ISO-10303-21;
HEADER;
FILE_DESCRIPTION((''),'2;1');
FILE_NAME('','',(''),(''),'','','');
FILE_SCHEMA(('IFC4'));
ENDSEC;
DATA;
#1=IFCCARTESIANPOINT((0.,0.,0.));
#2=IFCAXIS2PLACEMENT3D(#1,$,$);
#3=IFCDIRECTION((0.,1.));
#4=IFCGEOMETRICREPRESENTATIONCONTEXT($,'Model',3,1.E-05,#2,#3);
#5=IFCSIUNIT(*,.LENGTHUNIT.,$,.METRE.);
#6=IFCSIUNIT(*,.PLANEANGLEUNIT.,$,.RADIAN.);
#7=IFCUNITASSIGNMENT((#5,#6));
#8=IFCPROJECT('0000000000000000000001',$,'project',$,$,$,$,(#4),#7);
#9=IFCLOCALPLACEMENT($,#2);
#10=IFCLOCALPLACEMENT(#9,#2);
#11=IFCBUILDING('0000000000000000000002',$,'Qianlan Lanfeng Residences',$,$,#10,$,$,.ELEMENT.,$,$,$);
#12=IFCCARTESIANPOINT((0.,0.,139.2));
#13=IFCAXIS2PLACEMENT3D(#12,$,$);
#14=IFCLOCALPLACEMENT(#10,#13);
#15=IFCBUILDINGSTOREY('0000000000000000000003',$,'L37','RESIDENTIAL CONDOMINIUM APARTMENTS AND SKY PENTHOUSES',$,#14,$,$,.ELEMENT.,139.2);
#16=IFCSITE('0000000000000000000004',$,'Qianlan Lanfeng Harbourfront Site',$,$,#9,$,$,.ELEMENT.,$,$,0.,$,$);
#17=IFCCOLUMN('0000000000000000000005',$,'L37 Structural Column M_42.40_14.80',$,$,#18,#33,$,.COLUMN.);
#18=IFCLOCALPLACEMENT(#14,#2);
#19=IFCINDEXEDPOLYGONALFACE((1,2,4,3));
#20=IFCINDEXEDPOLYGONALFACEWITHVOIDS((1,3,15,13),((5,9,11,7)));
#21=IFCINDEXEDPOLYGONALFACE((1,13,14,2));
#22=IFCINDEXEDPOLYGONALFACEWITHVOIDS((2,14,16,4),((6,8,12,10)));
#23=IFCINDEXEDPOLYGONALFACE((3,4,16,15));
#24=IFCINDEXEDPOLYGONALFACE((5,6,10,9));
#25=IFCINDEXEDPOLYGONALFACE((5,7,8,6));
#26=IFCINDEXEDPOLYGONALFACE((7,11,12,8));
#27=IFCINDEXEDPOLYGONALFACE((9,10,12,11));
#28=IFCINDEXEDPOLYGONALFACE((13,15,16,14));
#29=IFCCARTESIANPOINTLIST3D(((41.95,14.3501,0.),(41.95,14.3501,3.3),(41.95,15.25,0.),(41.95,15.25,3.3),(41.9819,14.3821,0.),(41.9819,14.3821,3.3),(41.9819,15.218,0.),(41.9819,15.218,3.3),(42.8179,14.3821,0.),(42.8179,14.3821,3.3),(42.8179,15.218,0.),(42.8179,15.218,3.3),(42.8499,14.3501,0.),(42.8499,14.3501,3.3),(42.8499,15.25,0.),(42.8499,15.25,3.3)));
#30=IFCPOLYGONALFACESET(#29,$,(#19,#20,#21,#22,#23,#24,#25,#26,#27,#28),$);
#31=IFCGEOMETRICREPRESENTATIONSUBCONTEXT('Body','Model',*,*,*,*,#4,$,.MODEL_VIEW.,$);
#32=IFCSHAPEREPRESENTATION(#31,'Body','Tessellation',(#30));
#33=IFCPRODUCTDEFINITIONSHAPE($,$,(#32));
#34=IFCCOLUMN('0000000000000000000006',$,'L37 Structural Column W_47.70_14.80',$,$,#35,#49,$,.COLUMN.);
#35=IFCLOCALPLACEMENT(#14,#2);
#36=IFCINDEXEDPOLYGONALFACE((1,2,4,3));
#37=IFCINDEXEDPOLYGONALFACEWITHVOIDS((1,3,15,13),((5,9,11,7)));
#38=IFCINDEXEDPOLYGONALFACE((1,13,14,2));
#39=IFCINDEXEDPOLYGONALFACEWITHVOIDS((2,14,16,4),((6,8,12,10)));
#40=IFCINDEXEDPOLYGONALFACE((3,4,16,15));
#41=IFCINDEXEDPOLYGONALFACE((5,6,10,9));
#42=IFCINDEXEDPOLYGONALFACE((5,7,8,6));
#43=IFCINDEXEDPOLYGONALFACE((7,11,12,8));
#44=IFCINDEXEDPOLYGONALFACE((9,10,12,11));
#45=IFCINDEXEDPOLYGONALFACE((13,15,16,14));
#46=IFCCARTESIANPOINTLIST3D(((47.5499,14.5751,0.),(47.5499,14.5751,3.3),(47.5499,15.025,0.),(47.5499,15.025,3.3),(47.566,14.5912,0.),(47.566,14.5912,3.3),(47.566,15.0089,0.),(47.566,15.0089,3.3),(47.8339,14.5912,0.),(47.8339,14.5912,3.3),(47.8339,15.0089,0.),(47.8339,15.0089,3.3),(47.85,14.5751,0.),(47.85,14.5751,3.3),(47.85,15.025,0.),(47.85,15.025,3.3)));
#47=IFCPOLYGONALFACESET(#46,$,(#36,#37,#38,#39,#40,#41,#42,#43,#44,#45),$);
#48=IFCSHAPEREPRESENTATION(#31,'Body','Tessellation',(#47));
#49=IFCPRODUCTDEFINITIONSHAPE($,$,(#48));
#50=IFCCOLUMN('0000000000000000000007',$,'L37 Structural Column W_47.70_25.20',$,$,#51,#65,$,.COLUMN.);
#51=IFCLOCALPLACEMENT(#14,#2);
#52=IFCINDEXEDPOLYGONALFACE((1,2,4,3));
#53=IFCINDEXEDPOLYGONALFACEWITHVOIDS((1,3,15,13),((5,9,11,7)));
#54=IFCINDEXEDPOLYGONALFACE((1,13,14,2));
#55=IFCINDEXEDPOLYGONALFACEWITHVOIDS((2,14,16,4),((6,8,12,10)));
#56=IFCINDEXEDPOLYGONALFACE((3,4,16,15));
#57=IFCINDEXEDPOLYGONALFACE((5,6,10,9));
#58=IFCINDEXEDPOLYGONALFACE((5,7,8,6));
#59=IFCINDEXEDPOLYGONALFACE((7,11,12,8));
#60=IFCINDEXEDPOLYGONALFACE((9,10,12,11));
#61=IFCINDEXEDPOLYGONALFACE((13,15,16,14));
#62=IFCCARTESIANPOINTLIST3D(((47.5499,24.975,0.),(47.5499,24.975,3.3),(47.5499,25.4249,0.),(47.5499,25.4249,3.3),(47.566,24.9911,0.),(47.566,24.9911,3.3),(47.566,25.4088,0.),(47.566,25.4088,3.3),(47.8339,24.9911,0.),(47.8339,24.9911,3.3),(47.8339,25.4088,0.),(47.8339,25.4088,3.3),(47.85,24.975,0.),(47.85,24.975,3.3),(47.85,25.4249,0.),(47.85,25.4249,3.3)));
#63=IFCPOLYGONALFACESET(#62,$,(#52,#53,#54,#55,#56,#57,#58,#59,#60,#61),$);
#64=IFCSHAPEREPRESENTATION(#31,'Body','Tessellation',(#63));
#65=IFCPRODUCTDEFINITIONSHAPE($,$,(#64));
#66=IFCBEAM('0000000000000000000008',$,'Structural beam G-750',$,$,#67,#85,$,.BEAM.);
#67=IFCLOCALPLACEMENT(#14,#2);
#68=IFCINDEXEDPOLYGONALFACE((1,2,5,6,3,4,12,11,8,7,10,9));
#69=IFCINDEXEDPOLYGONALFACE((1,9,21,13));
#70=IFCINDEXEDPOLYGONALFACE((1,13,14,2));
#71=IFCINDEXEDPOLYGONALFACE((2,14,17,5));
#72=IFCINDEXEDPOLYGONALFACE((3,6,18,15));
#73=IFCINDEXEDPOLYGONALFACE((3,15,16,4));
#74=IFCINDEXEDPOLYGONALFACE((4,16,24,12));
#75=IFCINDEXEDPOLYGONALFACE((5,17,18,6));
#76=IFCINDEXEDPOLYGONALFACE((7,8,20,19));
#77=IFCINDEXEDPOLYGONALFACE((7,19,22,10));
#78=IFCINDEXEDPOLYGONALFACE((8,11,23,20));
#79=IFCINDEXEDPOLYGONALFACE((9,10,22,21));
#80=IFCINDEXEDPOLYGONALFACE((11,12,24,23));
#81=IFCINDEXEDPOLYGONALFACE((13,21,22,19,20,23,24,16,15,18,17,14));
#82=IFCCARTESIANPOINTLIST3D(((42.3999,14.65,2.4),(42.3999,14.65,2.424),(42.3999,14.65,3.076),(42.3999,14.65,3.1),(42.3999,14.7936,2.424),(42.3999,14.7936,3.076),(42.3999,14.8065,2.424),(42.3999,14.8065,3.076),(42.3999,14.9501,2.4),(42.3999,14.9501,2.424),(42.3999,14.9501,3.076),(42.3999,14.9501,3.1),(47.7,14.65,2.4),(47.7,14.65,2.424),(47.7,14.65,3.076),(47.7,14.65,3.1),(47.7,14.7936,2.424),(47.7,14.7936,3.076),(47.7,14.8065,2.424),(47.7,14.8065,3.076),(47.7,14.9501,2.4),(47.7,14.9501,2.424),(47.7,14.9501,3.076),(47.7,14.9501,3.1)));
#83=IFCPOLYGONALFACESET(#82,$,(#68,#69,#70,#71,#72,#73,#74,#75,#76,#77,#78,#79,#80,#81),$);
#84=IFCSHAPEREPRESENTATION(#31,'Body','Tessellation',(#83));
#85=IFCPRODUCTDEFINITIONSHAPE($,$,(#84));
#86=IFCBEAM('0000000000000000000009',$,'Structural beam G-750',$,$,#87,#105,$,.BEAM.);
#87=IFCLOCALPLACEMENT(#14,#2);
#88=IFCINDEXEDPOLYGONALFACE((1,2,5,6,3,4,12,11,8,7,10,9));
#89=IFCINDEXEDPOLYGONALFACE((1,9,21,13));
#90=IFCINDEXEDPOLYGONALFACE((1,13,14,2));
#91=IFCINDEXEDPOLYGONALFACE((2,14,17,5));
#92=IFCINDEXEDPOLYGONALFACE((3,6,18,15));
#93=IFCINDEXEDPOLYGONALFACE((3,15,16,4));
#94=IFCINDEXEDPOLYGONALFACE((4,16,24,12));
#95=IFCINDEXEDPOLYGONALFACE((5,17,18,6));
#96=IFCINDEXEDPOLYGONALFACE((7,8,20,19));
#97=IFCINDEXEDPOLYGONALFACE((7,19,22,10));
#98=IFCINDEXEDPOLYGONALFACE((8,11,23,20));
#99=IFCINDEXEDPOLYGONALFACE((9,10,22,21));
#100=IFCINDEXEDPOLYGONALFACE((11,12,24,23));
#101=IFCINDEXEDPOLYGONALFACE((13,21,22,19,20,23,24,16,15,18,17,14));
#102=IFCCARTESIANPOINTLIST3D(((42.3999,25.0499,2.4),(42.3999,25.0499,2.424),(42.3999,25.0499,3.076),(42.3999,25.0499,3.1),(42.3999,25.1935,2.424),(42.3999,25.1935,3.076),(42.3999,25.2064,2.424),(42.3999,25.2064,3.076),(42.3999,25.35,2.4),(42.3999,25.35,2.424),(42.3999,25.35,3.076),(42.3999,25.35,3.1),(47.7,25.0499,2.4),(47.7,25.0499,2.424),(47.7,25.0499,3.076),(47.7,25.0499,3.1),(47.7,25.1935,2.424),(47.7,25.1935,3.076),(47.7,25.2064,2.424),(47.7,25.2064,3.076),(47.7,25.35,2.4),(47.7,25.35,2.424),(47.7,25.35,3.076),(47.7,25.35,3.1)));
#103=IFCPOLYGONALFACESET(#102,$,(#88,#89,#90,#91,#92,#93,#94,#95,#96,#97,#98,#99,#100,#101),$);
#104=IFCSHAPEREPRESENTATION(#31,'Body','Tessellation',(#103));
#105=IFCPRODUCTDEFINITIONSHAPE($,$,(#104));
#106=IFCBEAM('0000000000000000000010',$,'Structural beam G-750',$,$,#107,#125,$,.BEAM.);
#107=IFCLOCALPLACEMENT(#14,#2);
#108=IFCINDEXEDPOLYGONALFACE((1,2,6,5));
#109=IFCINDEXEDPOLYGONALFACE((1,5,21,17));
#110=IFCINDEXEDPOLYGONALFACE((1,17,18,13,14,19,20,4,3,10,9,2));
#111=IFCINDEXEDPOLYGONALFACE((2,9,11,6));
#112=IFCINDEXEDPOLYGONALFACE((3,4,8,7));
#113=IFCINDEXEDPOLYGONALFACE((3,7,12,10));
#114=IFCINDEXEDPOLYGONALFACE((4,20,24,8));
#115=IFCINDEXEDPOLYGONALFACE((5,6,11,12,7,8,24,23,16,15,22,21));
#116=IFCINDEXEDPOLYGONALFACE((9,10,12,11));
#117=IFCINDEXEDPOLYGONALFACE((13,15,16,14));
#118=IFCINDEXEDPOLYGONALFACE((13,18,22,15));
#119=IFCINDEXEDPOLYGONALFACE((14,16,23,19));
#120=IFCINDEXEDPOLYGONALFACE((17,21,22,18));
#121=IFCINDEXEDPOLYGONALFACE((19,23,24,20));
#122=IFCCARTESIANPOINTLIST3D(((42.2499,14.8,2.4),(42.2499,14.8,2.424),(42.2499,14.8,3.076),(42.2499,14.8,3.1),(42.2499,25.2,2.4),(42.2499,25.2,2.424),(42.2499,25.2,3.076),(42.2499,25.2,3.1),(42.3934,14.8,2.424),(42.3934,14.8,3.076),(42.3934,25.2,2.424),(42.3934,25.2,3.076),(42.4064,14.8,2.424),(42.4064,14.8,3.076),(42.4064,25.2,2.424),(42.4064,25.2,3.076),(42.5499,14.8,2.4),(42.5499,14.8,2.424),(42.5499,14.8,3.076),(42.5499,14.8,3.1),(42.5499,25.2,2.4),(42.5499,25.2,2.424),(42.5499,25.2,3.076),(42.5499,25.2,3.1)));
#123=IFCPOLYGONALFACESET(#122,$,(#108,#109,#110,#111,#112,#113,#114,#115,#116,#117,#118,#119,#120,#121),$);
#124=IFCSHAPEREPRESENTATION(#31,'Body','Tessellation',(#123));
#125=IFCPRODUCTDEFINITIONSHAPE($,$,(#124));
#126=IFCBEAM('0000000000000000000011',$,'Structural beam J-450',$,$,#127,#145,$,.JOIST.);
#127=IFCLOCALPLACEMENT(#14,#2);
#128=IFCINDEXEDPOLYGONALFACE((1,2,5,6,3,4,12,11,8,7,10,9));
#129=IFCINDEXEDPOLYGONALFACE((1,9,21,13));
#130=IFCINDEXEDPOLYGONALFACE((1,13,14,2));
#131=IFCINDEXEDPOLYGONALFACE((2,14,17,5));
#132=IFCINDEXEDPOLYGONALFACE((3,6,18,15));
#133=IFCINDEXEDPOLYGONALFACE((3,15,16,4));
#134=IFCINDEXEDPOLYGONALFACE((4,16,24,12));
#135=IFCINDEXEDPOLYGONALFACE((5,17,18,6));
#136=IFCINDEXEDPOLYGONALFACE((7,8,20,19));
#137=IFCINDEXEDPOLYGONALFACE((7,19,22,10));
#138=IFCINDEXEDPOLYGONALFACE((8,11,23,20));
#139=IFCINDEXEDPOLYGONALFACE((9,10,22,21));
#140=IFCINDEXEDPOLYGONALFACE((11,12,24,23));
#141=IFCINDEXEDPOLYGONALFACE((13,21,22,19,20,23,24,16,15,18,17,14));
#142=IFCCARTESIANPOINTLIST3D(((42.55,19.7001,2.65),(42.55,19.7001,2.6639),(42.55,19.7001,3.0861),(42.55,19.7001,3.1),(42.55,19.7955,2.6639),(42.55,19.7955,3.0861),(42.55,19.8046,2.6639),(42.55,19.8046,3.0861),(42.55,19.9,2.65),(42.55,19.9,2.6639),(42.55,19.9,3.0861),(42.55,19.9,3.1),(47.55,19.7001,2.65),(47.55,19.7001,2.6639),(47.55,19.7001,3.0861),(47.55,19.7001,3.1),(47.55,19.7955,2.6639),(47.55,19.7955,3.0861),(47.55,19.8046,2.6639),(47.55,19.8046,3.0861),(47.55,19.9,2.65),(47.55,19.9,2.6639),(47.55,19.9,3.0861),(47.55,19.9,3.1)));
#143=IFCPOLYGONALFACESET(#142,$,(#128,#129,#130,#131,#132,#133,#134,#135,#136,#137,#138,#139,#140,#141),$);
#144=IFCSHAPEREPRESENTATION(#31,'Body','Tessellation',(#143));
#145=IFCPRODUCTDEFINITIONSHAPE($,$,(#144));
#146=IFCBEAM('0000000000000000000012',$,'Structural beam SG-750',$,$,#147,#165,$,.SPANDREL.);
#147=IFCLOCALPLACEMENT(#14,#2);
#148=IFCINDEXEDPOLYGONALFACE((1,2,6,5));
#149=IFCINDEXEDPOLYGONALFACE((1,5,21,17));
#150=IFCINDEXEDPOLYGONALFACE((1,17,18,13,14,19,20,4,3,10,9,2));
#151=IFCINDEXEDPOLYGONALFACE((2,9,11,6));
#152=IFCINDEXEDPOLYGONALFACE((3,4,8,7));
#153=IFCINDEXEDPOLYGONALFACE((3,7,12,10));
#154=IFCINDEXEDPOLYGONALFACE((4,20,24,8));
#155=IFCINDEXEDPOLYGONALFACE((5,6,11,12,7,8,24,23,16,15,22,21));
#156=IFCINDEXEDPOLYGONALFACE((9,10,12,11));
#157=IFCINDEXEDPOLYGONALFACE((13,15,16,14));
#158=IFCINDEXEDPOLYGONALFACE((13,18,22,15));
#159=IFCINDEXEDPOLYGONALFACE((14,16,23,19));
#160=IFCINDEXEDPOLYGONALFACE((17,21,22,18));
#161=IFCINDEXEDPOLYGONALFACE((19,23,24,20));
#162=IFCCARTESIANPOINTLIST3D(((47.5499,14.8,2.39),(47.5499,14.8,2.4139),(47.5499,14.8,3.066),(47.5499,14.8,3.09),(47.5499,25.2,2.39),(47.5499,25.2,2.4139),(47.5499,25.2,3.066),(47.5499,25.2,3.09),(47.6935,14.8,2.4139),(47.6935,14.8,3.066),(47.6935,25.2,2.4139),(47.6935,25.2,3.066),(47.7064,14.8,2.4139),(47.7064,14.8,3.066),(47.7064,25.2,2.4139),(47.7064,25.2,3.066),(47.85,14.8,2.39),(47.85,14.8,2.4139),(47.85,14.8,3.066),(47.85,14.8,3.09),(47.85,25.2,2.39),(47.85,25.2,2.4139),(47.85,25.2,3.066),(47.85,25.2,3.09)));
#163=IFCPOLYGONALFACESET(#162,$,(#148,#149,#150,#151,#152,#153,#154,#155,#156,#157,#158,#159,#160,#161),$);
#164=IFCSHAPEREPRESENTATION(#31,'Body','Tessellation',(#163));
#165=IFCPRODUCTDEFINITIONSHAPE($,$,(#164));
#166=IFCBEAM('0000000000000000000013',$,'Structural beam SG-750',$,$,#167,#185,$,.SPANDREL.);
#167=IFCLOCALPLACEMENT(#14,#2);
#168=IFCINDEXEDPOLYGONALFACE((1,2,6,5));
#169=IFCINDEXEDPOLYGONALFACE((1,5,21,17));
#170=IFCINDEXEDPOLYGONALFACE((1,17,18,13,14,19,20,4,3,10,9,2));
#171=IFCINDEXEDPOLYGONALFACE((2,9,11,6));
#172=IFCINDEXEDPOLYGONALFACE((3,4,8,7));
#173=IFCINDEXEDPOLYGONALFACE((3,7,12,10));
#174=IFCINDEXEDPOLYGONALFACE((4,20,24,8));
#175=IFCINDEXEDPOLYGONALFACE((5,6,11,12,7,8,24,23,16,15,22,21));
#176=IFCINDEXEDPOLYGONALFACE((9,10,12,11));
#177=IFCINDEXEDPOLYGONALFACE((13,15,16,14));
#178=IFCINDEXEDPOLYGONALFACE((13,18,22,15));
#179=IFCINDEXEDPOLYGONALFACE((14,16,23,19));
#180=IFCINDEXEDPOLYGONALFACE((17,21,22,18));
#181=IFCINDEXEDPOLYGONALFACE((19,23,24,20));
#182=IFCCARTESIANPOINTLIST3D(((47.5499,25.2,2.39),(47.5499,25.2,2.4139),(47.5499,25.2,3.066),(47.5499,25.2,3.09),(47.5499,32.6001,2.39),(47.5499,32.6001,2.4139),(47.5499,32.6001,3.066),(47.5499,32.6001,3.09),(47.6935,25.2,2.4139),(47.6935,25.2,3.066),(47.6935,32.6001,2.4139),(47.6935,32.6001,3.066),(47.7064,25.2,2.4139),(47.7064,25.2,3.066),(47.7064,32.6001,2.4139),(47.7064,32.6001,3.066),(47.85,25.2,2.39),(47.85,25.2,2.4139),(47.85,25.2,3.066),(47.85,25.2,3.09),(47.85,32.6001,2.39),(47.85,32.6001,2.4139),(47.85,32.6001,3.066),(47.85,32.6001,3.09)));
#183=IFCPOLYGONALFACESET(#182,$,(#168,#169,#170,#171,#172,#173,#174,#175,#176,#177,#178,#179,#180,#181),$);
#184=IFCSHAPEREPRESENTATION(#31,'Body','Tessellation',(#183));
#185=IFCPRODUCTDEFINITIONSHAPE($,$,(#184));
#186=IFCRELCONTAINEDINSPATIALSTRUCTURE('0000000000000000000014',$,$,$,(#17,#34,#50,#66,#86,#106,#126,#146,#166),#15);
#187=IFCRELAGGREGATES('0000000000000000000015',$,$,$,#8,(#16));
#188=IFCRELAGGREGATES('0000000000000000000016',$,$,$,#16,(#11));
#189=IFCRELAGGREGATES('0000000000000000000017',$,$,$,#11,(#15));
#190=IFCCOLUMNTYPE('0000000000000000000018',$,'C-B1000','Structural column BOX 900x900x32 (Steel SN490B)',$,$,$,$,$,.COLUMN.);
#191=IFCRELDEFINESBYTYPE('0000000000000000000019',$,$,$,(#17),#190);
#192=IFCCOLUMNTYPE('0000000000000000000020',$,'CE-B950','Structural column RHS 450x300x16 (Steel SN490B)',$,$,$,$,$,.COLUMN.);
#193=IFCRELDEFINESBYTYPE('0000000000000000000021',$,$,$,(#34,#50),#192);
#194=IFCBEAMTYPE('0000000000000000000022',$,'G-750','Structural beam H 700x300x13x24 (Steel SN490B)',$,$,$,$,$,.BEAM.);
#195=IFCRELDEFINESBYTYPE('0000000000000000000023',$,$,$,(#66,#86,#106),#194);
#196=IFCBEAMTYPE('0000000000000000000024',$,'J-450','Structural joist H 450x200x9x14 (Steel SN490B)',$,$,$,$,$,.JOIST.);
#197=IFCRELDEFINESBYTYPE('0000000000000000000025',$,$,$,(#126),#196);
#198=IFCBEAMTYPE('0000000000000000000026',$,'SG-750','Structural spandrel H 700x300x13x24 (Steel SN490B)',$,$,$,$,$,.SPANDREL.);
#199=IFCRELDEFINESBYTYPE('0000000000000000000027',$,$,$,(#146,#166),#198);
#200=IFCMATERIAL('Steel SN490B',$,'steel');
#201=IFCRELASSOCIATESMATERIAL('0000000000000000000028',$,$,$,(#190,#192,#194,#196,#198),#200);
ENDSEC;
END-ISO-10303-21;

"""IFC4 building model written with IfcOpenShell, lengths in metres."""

from ifc_helpers import new_model, si_unit, direction, frame, origin, origin_2d, place, context, subcontext, project, spatial, hollow_rectangle, i_section, extrude, material, material_profile, profile_set, type_object, element, save


model = new_model("IFC4")

# Units and contexts
model_context = context("Model", 3, precision=1e-05, world=origin(), true_north=direction((0.0, 1.0)))
body_context = subcontext(model_context, "Body", "Model", "MODEL_VIEW")
ifc_project = project(units=[si_unit("LENGTHUNIT", "METRE"), si_unit("PLANEANGLEUNIT", "RADIAN")], contexts=[model_context])

# Site, building, storey
site_placement = place(None, origin())
site = spatial("IfcSite", under=ifc_project, at=site_placement, Name="Qianlan Lanfeng Harbourfront Site", CompositionType="ELEMENT", RefElevation=0.0)
building_placement = place(site_placement, origin())
building = spatial("IfcBuilding", under=site, at=building_placement, Name="Qianlan Lanfeng Residences", CompositionType="ELEMENT")
storey_placement = place(building_placement, frame((0.0, 0.0, 139.2)))
storey = spatial("IfcBuildingStorey", under=building, at=storey_placement, Name="L37", Description="RESIDENTIAL CONDOMINIUM APARTMENTS AND SKY PENTHOUSES", CompositionType="ELEMENT", Elevation=139.2)

# Columns
ifc_material_1 = material(Name="Steel SN490B", Category="steel")
ifc_material_profile_1 = material_profile(ifc_material_1, hollow_rectangle(XDim=0.8999, YDim=0.8999, WallThickness=0.032, at=origin_2d()), Name="BOX 900x900x32")
ifc_profile_set_1 = profile_set([ifc_material_profile_1], Name="Steel SN490B")
column_type_1 = type_object("IfcColumnType", Name="C-B1000", Description="Structural column BOX 900x900x32 (Steel SN490B)", PredefinedType="COLUMN", material=ifc_profile_set_1)
column_placement = place(storey_placement, frame((42.3999, 14.8, 0.0), z_axis=(0.0, 0.0, 1.0), x_axis=(1.0, 0.0, 0.0)))
element("IfcColumn", 1, at=column_placement, inside=storey, type_object=column_type_1, Name="L37 Structural Column M_42.40_14.80", PredefinedType="COLUMN", context=body_context, shape_type="SweptSolid", body=[
    extrude(hollow_rectangle(XDim=0.8999, YDim=0.8999, WallThickness=0.032, at=origin_2d()), origin(), (0.0, 0.0, 1.0), 3.3),
])
ifc_material_profile_2 = material_profile(ifc_material_1, hollow_rectangle(XDim=0.3, YDim=0.45, WallThickness=0.0161, at=origin_2d()), Name="RHS 450x300x16")
ifc_profile_set_2 = profile_set([ifc_material_profile_2], Name="Steel SN490B")
column_type_2 = type_object("IfcColumnType", Name="CE-B950", Description="Structural column RHS 450x300x16 (Steel SN490B)", PredefinedType="COLUMN", material=ifc_profile_set_2)
for number, where, z_axis, x_axis, name in (
    (2, (47.7, 14.8, 0.0), (0.0, 0.0, 1.0), (1.0, 0.0, 0.0), "L37 Structural Column W_47.70_14.80"),
    (3, (47.7, 25.2, 0.0), (0.0, 0.0, 1.0), (1.0, 0.0, 0.0), "L37 Structural Column W_47.70_25.20"),
):
    element("IfcColumn", number, at=place(storey_placement, frame(where, z_axis=z_axis, x_axis=x_axis)), inside=storey, type_object=column_type_2, Name=name, PredefinedType="COLUMN", context=body_context, shape_type="SweptSolid", body=[
        extrude(hollow_rectangle(XDim=0.3, YDim=0.45, WallThickness=0.0161, at=origin_2d()), origin(), (0.0, 0.0, 1.0), 3.3),
    ])

# Beams
ifc_material_profile_3 = material_profile(ifc_material_1, i_section(OverallWidth=0.3, OverallDepth=0.7, WebThickness=0.0129, FlangeThickness=0.0239, at=origin_2d()), Name="H 700x300x13x24")
ifc_profile_set_3 = profile_set([ifc_material_profile_3], Name="Steel SN490B")
beam_type_1 = type_object("IfcBeamType", Name="G-750", Description="Structural beam H 700x300x13x24 (Steel SN490B)", PredefinedType="BEAM", material=ifc_profile_set_3)
for number, where, z_axis, x_axis, name in (
    (4, (42.3999, 14.8, 2.75), (1.0, 0.0, 0.0), (0.0, 1.0, 0.0), "Structural beam G-750"),
    (5, (42.3999, 25.2, 2.75), (1.0, 0.0, 0.0), (0.0, 1.0, 0.0), "Structural beam G-750"),
):
    element("IfcBeam", number, at=place(storey_placement, frame(where, z_axis=z_axis, x_axis=x_axis)), inside=storey, type_object=beam_type_1, Name=name, PredefinedType="BEAM", context=body_context, shape_type="SweptSolid", body=[
        extrude(i_section(OverallWidth=0.3, OverallDepth=0.7, WebThickness=0.0129, FlangeThickness=0.0239, at=origin_2d()), origin(), (0.0, 0.0, 1.0), 5.3),
    ])
beam_1_placement = place(storey_placement, frame((42.3999, 14.8, 2.75), z_axis=(0.0, 1.0, 0.0), x_axis=(-1.0, 0.0, 0.0)))
element("IfcBeam", 6, at=beam_1_placement, inside=storey, type_object=beam_type_1, Name="Structural beam G-750", PredefinedType="BEAM", context=body_context, shape_type="SweptSolid", body=[
    extrude(i_section(OverallWidth=0.3, OverallDepth=0.7, WebThickness=0.0129, FlangeThickness=0.0239, at=origin_2d()), origin(), (0.0, 0.0, 1.0), 10.3999),
])
ifc_material_profile_4 = material_profile(ifc_material_1, i_section(OverallWidth=0.2, OverallDepth=0.45, WebThickness=0.009, FlangeThickness=0.0139, at=origin_2d()), Name="H 450x200x9x14")
ifc_profile_set_4 = profile_set([ifc_material_profile_4], Name="Steel SN490B")
beam_type_2 = type_object("IfcBeamType", Name="J-450", Description="Structural joist H 450x200x9x14 (Steel SN490B)", PredefinedType="JOIST", material=ifc_profile_set_4)
beam_2_placement = place(storey_placement, frame((42.55, 19.8, 2.875), z_axis=(1.0, 0.0, 0.0), x_axis=(0.0, 1.0, 0.0)))
element("IfcBeam", 7, at=beam_2_placement, inside=storey, type_object=beam_type_2, Name="Structural beam J-450", PredefinedType="JOIST", context=body_context, shape_type="SweptSolid", body=[
    extrude(i_section(OverallWidth=0.2, OverallDepth=0.45, WebThickness=0.009, FlangeThickness=0.0139, at=origin_2d()), origin(), (0.0, 0.0, 1.0), 5.0),
])
ifc_material_profile_5 = material_profile(ifc_material_1, i_section(OverallWidth=0.3, OverallDepth=0.7, WebThickness=0.0129, FlangeThickness=0.0239, at=origin_2d()), Name="H 700x300x13x24")
ifc_profile_set_5 = profile_set([ifc_material_profile_5], Name="Steel SN490B")
beam_type_3 = type_object("IfcBeamType", Name="SG-750", Description="Structural spandrel H 700x300x13x24 (Steel SN490B)", PredefinedType="SPANDREL", material=ifc_profile_set_5)
beam_3_placement = place(storey_placement, frame((47.7, 14.8, 2.74), z_axis=(0.0, 1.0, 0.0), x_axis=(-1.0, 0.0, 0.0)))
element("IfcBeam", 8, at=beam_3_placement, inside=storey, type_object=beam_type_3, Name="Structural beam SG-750", PredefinedType="SPANDREL", context=body_context, shape_type="SweptSolid", body=[
    extrude(i_section(OverallWidth=0.3, OverallDepth=0.7, WebThickness=0.0129, FlangeThickness=0.0239, at=origin_2d()), origin(), (0.0, 0.0, 1.0), 10.3999),
])
beam_4_placement = place(storey_placement, frame((47.7, 25.2, 2.74), z_axis=(0.0, 1.0, 0.0), x_axis=(-1.0, 0.0, 0.0)))
element("IfcBeam", 9, at=beam_4_placement, inside=storey, type_object=beam_type_3, Name="Structural beam SG-750", PredefinedType="SPANDREL", context=body_context, shape_type="SweptSolid", body=[
    extrude(i_section(OverallWidth=0.3, OverallDepth=0.7, WebThickness=0.0129, FlangeThickness=0.0239, at=origin_2d()), origin(), (0.0, 0.0, 1.0), 7.4001),
])

save(model, "model.ifc")
